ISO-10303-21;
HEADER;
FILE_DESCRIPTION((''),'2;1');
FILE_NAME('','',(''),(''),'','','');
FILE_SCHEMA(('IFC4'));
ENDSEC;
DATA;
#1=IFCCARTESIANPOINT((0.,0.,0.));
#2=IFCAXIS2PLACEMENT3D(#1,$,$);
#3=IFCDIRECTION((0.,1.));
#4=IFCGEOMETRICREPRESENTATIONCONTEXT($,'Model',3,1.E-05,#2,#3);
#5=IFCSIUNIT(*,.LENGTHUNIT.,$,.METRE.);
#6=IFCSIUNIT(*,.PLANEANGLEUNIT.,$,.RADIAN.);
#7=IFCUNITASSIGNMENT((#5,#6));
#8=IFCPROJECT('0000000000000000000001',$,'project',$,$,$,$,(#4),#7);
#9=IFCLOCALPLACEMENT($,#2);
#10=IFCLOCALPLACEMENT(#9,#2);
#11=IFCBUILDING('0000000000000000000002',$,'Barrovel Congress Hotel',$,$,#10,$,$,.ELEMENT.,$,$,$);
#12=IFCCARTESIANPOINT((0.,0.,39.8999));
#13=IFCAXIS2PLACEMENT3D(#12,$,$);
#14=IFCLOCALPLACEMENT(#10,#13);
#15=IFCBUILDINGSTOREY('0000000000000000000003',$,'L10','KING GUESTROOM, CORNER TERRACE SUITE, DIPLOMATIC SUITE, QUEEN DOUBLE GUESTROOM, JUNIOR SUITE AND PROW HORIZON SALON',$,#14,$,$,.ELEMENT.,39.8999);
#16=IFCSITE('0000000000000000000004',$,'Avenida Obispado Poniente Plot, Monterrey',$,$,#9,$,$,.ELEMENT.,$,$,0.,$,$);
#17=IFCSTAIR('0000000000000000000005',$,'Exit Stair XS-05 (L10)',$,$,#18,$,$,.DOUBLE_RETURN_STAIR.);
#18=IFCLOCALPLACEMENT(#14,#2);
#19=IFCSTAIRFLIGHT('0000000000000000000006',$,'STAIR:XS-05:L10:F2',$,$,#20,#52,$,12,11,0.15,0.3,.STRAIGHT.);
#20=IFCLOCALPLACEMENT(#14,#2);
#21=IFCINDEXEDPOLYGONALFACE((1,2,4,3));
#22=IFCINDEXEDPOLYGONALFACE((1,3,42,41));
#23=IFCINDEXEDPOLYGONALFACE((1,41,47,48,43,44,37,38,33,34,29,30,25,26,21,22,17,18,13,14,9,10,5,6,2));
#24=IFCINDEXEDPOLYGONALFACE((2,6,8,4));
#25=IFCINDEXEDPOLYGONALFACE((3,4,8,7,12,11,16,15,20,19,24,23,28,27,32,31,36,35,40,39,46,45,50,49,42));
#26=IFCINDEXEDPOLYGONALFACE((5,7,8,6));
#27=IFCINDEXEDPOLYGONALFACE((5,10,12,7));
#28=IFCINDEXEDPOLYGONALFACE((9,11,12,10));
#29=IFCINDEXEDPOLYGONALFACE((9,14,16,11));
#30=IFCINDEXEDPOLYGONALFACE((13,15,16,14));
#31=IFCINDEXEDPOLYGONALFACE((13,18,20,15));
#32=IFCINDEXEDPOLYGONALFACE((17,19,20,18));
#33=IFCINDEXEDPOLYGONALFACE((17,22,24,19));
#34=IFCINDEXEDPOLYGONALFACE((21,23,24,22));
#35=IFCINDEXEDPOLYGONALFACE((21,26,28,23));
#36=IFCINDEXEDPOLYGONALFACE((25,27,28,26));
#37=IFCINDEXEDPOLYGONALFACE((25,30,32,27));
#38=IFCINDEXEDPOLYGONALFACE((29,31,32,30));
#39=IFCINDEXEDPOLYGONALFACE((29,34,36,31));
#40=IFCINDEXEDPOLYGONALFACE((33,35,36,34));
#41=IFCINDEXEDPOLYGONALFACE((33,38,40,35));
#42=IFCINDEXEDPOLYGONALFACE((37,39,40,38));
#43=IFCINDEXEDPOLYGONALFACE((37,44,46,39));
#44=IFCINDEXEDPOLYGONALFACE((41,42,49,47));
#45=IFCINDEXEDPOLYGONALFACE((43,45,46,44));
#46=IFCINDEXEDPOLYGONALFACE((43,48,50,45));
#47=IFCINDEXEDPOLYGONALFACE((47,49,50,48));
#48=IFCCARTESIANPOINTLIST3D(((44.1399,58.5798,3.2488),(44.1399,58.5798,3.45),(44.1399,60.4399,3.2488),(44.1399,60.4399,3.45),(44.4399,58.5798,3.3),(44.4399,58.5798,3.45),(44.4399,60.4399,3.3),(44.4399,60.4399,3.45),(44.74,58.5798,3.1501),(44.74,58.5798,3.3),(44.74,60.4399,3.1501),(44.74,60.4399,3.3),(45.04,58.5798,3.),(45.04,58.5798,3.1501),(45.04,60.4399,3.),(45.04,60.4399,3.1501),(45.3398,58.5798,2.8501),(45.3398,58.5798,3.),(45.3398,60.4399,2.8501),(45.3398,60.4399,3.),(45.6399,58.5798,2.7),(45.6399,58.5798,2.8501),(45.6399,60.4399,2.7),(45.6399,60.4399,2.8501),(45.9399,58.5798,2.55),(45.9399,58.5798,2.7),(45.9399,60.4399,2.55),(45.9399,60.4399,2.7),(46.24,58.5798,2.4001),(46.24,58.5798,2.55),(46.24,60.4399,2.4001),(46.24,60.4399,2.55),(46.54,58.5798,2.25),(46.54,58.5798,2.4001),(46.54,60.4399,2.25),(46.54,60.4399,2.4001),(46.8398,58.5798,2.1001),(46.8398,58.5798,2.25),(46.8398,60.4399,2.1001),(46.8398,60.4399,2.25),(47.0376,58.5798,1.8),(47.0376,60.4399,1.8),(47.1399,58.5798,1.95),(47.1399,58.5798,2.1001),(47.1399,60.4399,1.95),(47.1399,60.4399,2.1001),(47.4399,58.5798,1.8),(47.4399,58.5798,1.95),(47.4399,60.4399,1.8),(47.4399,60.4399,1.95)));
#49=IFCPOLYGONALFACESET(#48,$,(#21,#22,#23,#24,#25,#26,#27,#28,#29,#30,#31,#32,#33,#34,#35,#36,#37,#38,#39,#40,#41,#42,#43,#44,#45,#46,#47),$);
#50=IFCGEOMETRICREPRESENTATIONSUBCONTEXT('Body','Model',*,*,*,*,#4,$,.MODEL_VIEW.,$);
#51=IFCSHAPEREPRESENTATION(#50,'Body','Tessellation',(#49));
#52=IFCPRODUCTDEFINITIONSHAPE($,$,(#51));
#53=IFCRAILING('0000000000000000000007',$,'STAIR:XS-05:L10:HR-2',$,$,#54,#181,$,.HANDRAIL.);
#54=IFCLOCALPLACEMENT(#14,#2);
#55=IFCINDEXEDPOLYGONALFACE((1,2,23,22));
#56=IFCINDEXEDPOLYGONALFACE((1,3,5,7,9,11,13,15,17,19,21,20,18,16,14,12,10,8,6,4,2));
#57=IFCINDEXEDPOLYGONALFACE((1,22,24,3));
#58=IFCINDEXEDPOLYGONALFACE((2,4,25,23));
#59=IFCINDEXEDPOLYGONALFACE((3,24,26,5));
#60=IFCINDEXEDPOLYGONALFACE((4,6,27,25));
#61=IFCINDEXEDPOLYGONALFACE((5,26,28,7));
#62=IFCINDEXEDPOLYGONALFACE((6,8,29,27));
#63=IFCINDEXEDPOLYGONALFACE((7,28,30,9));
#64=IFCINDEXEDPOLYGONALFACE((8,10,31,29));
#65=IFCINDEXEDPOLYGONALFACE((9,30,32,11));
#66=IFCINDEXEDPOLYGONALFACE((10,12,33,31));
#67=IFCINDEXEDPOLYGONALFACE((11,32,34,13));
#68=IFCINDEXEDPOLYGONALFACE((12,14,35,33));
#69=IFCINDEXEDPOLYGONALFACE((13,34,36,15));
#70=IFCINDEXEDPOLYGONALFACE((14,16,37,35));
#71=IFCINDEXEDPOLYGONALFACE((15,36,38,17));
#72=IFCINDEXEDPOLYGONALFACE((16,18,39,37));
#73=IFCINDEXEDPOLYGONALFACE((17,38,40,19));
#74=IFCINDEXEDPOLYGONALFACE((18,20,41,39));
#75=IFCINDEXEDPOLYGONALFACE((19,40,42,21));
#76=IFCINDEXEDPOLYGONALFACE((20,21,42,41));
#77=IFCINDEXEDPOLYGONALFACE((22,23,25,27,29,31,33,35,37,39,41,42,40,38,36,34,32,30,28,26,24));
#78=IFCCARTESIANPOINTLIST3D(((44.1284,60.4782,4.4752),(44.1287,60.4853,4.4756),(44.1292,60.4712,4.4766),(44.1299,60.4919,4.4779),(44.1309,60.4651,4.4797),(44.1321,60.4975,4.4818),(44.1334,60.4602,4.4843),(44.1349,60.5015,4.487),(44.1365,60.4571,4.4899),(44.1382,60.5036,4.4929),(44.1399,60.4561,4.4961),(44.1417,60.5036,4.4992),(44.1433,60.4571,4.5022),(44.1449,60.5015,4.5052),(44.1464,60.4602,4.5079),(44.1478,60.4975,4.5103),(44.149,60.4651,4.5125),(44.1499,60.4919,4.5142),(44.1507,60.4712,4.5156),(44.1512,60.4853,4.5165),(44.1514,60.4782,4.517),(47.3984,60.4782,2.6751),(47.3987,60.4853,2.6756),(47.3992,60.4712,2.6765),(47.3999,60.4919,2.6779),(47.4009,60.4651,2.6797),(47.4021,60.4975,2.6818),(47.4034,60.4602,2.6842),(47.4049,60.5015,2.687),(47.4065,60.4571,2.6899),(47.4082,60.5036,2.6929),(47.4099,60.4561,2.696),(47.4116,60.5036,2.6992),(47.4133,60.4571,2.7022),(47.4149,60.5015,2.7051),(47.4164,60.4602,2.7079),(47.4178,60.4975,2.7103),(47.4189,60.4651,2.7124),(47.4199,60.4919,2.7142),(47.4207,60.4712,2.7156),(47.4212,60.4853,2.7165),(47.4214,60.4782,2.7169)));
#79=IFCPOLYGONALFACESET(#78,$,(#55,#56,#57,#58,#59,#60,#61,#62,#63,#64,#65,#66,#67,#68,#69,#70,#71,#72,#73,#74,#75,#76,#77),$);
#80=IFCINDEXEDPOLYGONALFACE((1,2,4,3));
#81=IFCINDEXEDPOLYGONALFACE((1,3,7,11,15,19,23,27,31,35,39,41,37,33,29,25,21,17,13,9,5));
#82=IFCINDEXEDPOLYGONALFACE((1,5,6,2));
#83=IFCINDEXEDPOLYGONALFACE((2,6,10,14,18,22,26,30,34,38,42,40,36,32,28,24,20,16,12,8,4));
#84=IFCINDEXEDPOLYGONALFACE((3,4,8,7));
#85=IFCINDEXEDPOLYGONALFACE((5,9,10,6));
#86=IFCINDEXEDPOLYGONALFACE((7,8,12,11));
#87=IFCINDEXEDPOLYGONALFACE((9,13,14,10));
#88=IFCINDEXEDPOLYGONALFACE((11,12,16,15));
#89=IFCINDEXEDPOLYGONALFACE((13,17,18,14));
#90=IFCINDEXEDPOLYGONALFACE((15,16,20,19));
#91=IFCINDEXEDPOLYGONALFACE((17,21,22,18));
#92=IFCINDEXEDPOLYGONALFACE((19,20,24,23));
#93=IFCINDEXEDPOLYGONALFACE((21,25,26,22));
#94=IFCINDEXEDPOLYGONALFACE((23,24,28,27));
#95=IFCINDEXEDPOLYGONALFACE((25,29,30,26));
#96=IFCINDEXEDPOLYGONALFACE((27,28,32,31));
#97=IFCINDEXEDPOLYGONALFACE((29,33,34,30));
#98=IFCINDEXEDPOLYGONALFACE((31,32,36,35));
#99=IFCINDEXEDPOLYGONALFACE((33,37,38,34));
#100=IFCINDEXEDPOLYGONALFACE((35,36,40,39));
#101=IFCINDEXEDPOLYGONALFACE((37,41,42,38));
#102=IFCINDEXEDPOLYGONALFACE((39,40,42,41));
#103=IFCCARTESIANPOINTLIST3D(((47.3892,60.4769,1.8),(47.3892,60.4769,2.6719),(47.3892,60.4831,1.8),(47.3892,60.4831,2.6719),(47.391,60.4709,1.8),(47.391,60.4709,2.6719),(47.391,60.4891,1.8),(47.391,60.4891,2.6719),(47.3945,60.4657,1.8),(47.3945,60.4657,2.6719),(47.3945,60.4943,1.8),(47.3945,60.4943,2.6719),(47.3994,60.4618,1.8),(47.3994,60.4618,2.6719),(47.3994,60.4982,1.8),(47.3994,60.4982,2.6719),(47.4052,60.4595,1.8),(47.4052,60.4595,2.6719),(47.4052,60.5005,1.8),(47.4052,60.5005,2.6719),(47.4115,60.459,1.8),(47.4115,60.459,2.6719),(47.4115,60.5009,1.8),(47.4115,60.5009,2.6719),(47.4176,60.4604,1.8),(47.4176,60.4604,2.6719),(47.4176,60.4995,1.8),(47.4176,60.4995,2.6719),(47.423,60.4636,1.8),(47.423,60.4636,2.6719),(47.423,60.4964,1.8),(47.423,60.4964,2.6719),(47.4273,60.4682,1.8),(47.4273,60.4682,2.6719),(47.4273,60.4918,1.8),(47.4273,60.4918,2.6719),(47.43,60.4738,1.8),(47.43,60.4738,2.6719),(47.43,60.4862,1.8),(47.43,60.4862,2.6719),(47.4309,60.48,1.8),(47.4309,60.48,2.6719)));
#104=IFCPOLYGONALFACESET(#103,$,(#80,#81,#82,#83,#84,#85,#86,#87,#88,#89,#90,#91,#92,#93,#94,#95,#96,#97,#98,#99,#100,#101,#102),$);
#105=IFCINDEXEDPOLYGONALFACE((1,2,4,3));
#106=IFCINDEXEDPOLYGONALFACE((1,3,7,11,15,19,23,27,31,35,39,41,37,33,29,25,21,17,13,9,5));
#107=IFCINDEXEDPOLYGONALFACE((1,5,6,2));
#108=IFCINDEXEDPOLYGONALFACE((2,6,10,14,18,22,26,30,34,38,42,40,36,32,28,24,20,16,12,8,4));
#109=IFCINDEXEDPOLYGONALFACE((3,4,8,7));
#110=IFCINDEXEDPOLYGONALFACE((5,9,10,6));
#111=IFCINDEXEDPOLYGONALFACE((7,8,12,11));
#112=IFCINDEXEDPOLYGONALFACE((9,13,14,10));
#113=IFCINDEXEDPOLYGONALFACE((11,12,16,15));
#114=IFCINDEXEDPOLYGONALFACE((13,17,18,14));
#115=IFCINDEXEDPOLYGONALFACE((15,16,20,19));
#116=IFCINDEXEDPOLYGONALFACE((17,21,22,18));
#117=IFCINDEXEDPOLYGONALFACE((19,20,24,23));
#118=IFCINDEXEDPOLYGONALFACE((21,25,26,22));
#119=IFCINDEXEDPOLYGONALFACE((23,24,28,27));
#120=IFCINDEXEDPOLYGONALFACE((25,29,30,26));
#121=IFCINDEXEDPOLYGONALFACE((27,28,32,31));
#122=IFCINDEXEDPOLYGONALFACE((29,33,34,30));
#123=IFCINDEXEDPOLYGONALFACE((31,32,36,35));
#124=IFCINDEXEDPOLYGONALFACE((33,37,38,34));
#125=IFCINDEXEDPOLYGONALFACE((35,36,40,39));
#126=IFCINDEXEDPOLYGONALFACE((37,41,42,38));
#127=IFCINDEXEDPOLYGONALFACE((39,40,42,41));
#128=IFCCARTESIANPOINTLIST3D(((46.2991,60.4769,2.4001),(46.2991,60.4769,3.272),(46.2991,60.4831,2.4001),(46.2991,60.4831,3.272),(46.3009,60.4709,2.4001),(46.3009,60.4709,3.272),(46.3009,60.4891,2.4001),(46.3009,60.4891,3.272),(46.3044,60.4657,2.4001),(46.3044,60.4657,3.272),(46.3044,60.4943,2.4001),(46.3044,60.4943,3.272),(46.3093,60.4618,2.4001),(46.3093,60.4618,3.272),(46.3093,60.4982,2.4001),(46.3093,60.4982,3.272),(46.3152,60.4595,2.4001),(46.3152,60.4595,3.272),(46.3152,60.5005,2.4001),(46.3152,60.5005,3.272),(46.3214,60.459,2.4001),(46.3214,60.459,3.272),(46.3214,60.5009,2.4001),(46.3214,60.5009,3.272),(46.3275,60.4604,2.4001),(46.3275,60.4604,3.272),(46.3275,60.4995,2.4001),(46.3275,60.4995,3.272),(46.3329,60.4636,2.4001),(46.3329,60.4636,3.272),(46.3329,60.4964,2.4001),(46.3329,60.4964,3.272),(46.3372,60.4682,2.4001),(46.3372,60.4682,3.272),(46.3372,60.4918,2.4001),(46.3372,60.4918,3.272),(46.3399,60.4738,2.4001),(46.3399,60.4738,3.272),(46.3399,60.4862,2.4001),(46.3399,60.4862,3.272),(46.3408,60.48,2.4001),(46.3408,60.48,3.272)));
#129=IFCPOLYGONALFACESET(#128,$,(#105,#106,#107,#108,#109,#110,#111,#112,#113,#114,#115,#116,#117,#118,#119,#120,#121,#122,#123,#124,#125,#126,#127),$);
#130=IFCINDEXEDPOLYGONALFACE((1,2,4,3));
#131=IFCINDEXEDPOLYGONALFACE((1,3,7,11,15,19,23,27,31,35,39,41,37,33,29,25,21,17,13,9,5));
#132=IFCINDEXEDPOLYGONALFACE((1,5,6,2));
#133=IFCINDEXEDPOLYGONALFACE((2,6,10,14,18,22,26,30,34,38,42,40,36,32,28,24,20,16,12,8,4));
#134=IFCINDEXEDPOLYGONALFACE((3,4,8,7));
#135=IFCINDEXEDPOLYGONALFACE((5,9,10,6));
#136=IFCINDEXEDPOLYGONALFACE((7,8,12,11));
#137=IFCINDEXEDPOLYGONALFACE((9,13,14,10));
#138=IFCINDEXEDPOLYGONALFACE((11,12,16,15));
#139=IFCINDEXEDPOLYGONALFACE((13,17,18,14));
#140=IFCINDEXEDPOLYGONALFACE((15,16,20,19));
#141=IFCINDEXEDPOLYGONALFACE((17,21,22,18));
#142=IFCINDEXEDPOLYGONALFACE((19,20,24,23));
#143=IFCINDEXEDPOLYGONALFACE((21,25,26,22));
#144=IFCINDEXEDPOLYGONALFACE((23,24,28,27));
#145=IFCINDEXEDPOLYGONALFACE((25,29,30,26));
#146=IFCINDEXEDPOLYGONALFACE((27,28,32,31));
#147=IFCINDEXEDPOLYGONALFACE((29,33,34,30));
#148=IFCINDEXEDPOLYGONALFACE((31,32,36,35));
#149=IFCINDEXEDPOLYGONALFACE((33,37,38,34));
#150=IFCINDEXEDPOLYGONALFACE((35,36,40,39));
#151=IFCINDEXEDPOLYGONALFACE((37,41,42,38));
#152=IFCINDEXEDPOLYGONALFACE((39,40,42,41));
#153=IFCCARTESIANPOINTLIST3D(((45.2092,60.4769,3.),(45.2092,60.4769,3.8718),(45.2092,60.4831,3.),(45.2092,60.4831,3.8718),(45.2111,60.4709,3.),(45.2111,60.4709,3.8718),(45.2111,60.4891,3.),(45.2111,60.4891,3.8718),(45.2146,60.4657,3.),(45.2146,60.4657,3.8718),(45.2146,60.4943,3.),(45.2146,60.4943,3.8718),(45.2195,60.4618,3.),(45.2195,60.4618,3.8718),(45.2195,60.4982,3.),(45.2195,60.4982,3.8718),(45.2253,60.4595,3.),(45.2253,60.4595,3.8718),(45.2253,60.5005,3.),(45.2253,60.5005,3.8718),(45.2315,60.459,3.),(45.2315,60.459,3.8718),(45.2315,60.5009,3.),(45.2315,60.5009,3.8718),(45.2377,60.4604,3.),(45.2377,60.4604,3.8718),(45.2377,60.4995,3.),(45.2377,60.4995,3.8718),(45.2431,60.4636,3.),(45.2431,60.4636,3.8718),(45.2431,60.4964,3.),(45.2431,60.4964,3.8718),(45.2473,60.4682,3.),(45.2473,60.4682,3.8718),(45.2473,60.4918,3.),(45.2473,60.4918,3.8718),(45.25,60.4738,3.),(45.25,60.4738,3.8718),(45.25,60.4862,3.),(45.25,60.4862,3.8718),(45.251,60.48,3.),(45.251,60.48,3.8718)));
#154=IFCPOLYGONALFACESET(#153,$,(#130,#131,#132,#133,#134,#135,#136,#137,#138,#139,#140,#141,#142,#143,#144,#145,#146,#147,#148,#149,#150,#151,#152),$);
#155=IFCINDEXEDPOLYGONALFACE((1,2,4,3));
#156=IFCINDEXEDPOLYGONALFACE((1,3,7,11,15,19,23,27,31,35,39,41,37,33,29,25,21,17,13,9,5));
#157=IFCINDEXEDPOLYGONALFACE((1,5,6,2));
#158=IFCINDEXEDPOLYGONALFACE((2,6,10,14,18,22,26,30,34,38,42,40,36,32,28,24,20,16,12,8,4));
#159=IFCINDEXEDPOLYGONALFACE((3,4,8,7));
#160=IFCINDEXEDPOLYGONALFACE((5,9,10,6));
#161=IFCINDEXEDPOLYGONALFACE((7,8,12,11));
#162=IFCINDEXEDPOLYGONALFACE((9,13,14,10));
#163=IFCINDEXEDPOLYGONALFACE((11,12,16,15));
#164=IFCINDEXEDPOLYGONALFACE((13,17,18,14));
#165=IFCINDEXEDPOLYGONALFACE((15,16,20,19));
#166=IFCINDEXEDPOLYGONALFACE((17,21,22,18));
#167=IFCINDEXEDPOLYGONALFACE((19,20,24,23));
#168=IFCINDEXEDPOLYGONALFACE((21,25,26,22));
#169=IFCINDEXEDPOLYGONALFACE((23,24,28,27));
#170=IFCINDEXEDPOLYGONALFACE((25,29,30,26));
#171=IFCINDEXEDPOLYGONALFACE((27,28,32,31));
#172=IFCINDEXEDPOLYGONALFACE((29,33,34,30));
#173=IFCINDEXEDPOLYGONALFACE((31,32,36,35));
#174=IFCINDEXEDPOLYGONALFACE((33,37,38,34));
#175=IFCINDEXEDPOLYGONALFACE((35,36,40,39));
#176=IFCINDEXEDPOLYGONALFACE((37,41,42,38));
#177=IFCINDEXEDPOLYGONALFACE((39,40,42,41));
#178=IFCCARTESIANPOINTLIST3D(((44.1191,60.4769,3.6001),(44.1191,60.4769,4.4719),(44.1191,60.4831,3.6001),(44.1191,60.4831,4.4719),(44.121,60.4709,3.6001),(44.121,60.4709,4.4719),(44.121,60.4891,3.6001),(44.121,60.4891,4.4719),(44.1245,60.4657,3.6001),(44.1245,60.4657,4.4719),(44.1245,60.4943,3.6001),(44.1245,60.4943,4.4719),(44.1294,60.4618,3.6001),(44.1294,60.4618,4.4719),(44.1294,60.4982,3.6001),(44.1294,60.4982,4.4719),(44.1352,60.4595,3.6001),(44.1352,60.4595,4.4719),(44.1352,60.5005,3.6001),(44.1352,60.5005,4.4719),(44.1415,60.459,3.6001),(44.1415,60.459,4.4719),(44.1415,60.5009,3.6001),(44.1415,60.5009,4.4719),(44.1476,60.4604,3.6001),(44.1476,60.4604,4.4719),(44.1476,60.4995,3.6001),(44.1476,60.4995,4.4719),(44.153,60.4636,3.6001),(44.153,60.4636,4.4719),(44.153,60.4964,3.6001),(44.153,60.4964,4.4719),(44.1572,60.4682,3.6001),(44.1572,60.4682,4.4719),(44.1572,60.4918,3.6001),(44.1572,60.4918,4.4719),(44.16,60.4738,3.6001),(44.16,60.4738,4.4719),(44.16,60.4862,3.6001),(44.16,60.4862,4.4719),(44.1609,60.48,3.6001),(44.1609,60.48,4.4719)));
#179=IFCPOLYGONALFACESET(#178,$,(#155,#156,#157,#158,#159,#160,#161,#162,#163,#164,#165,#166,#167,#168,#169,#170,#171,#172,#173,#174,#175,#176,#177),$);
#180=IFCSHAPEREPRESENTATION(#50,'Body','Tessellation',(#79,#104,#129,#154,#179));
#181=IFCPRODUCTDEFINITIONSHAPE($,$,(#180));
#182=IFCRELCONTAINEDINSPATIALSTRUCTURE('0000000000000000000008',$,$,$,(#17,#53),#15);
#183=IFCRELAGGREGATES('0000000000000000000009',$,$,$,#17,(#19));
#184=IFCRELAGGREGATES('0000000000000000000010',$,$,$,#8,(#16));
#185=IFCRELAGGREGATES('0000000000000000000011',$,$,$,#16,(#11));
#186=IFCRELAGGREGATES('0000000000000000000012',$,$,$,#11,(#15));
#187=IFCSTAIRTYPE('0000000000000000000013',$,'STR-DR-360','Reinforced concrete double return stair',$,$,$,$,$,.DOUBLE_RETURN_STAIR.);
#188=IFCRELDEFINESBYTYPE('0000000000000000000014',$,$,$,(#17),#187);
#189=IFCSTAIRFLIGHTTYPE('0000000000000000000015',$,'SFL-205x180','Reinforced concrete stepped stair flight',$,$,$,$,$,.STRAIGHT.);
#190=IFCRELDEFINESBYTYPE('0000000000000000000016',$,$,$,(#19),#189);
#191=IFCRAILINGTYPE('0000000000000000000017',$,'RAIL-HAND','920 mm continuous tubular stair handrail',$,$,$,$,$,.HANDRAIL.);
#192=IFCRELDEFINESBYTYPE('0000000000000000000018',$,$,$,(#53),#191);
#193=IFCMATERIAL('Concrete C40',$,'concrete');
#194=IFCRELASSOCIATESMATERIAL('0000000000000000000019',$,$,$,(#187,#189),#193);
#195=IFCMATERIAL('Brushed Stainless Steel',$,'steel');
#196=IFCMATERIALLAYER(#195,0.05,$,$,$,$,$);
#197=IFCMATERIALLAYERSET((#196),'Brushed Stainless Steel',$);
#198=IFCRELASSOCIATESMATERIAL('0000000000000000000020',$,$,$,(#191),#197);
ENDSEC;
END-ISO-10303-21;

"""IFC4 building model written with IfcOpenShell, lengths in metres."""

from ifc_helpers import new_model, si_unit, direction, frame, origin, origin_2d, place, context, subcontext, project, spatial, polyline, circle, outline, extrude, material, layer, layer_set, type_object, element, aggregate, save


model = new_model("IFC4")

# Units and contexts
model_context = context("Model", 3, precision=1e-05, world=origin(), true_north=direction((0.0, 1.0)))
body_context = subcontext(model_context, "Body", "Model", "MODEL_VIEW")
ifc_project = project(units=[si_unit("LENGTHUNIT", "METRE"), si_unit("PLANEANGLEUNIT", "RADIAN")], contexts=[model_context])

# Site, building, storey
site_placement = place(None, origin())
site = spatial("IfcSite", under=ifc_project, at=site_placement, Name="Avenida Obispado Poniente Plot, Monterrey", CompositionType="ELEMENT", RefElevation=0.0)
building_placement = place(site_placement, origin())
building = spatial("IfcBuilding", under=site, at=building_placement, Name="Barrovel Congress Hotel", CompositionType="ELEMENT")
storey_placement = place(building_placement, frame((0.0, 0.0, 39.8999)))
storey = spatial("IfcBuildingStorey", under=building, at=storey_placement, Name="L10", Description="KING GUESTROOM, CORNER TERRACE SUITE, DIPLOMATIC SUITE, QUEEN DOUBLE GUESTROOM, JUNIOR SUITE AND PROW HORIZON SALON", CompositionType="ELEMENT", Elevation=39.8999)

# Shared definitions
ifc_material_1 = material(Name="Concrete C40", Category="concrete")

# Stair, stair flight
stair_type = type_object("IfcStairType", Name="STR-DR-360", Description="Reinforced concrete double return stair", PredefinedType="DOUBLE_RETURN_STAIR", material=ifc_material_1)
stair_placement = place(storey_placement, origin())
stair = element("IfcStair", 1, at=stair_placement, inside=storey, type_object=stair_type, Name="Exit Stair XS-05 (L10)", PredefinedType="DOUBLE_RETURN_STAIR")
stair_flight_type = type_object("IfcStairFlightType", Name="SFL-205x180", Description="Reinforced concrete stepped stair flight", PredefinedType="STRAIGHT", material=ifc_material_1)
stair_flight_placement = place(storey_placement, frame((47.4399, 59.51, 1.8), z_axis=(0.0, 0.0, 1.0), x_axis=(-1.0, 0.0, 0.0)))
stair_flight = element("IfcStairFlight", 2, at=stair_flight_placement, type_object=stair_flight_type, Name="STAIR:XS-05:L10:F2", NumberOfRisers=12, NumberOfTreads=11, PredefinedType="STRAIGHT", RiserHeight=0.15, TreadLength=0.3, context=body_context, shape_type="SweptSolid", body=[
    extrude(outline(polyline([(0.0, 0.0), (0.0, 0.1499), (0.3, 0.1499), (0.3, 0.3), (0.6001, 0.3), (0.6001, 0.45), (0.8999, 0.45), (0.8999, 0.6001), (1.2, 0.6001), (1.2, 0.75), (1.5, 0.75), (1.5, 0.8999), (1.8, 0.8999), (1.8, 1.05), (2.1001, 1.05), (2.1001, 1.2), (2.3999, 1.2), (2.3999, 1.3501), (2.7, 1.3501), (2.7, 1.5), (3.0, 1.5), (3.0, 1.6499), (3.3, 1.6499), (3.3, 1.8), (3.3, 1.4487), (0.4023, 0.0), (0.0, 0.0)])), frame((0.0, 0.9302, 0.0), z_axis=(0.0, -1.0, 0.0), x_axis=(1.0, 0.0, 0.0)), (0.0, 0.0, 1.0), 1.8601),
])
aggregate(stair, [stair_flight])

# Railing
ifc_material_2 = material(Name="Brushed Stainless Steel", Category="steel")
ifc_layer_1 = layer(ifc_material_2, 0.05)
ifc_layer_set_1 = layer_set([ifc_layer_1], Name="Brushed Stainless Steel")
railing_type_1 = type_object("IfcRailingType", Name="RAIL-HAND", Description="920 mm continuous tubular stair handrail", PredefinedType="HANDRAIL", material=ifc_layer_set_1)
railing_1_placement = place(storey_placement, frame((47.4099, 60.48, 1.8)))
element("IfcRailing", 3, at=railing_1_placement, inside=storey, type_object=railing_type_1, Name="STAIR:XS-05:L10:HR-2", PredefinedType="HANDRAIL", context=body_context, shape_type="SweptSolid", body=[
    extrude(circle(Radius=0.0239, at=origin_2d()), frame((0.0, 0.0, 0.896), z_axis=(-0.876042, 0.0, 0.482235), x_axis=(0.0, -1.0, 0.0)), (0.0, 0.0, 1.0), 3.7327),
    extrude(circle(Radius=0.021, at=origin_2d()), origin(), (0.0, 0.0, 1.0), 0.8718),
    extrude(circle(Radius=0.021, at=origin_2d()), frame((-1.0901, 0.0, 0.6001)), (0.0, 0.0, 1.0), 0.8718),
    extrude(circle(Radius=0.021, at=origin_2d()), frame((-2.1799, 0.0, 1.2)), (0.0, 0.0, 1.0), 0.8718),
    extrude(circle(Radius=0.021, at=origin_2d()), frame((-3.27, 0.0, 1.8)), (0.0, 0.0, 1.0), 0.8718),
])

save(model, "model.ifc")
